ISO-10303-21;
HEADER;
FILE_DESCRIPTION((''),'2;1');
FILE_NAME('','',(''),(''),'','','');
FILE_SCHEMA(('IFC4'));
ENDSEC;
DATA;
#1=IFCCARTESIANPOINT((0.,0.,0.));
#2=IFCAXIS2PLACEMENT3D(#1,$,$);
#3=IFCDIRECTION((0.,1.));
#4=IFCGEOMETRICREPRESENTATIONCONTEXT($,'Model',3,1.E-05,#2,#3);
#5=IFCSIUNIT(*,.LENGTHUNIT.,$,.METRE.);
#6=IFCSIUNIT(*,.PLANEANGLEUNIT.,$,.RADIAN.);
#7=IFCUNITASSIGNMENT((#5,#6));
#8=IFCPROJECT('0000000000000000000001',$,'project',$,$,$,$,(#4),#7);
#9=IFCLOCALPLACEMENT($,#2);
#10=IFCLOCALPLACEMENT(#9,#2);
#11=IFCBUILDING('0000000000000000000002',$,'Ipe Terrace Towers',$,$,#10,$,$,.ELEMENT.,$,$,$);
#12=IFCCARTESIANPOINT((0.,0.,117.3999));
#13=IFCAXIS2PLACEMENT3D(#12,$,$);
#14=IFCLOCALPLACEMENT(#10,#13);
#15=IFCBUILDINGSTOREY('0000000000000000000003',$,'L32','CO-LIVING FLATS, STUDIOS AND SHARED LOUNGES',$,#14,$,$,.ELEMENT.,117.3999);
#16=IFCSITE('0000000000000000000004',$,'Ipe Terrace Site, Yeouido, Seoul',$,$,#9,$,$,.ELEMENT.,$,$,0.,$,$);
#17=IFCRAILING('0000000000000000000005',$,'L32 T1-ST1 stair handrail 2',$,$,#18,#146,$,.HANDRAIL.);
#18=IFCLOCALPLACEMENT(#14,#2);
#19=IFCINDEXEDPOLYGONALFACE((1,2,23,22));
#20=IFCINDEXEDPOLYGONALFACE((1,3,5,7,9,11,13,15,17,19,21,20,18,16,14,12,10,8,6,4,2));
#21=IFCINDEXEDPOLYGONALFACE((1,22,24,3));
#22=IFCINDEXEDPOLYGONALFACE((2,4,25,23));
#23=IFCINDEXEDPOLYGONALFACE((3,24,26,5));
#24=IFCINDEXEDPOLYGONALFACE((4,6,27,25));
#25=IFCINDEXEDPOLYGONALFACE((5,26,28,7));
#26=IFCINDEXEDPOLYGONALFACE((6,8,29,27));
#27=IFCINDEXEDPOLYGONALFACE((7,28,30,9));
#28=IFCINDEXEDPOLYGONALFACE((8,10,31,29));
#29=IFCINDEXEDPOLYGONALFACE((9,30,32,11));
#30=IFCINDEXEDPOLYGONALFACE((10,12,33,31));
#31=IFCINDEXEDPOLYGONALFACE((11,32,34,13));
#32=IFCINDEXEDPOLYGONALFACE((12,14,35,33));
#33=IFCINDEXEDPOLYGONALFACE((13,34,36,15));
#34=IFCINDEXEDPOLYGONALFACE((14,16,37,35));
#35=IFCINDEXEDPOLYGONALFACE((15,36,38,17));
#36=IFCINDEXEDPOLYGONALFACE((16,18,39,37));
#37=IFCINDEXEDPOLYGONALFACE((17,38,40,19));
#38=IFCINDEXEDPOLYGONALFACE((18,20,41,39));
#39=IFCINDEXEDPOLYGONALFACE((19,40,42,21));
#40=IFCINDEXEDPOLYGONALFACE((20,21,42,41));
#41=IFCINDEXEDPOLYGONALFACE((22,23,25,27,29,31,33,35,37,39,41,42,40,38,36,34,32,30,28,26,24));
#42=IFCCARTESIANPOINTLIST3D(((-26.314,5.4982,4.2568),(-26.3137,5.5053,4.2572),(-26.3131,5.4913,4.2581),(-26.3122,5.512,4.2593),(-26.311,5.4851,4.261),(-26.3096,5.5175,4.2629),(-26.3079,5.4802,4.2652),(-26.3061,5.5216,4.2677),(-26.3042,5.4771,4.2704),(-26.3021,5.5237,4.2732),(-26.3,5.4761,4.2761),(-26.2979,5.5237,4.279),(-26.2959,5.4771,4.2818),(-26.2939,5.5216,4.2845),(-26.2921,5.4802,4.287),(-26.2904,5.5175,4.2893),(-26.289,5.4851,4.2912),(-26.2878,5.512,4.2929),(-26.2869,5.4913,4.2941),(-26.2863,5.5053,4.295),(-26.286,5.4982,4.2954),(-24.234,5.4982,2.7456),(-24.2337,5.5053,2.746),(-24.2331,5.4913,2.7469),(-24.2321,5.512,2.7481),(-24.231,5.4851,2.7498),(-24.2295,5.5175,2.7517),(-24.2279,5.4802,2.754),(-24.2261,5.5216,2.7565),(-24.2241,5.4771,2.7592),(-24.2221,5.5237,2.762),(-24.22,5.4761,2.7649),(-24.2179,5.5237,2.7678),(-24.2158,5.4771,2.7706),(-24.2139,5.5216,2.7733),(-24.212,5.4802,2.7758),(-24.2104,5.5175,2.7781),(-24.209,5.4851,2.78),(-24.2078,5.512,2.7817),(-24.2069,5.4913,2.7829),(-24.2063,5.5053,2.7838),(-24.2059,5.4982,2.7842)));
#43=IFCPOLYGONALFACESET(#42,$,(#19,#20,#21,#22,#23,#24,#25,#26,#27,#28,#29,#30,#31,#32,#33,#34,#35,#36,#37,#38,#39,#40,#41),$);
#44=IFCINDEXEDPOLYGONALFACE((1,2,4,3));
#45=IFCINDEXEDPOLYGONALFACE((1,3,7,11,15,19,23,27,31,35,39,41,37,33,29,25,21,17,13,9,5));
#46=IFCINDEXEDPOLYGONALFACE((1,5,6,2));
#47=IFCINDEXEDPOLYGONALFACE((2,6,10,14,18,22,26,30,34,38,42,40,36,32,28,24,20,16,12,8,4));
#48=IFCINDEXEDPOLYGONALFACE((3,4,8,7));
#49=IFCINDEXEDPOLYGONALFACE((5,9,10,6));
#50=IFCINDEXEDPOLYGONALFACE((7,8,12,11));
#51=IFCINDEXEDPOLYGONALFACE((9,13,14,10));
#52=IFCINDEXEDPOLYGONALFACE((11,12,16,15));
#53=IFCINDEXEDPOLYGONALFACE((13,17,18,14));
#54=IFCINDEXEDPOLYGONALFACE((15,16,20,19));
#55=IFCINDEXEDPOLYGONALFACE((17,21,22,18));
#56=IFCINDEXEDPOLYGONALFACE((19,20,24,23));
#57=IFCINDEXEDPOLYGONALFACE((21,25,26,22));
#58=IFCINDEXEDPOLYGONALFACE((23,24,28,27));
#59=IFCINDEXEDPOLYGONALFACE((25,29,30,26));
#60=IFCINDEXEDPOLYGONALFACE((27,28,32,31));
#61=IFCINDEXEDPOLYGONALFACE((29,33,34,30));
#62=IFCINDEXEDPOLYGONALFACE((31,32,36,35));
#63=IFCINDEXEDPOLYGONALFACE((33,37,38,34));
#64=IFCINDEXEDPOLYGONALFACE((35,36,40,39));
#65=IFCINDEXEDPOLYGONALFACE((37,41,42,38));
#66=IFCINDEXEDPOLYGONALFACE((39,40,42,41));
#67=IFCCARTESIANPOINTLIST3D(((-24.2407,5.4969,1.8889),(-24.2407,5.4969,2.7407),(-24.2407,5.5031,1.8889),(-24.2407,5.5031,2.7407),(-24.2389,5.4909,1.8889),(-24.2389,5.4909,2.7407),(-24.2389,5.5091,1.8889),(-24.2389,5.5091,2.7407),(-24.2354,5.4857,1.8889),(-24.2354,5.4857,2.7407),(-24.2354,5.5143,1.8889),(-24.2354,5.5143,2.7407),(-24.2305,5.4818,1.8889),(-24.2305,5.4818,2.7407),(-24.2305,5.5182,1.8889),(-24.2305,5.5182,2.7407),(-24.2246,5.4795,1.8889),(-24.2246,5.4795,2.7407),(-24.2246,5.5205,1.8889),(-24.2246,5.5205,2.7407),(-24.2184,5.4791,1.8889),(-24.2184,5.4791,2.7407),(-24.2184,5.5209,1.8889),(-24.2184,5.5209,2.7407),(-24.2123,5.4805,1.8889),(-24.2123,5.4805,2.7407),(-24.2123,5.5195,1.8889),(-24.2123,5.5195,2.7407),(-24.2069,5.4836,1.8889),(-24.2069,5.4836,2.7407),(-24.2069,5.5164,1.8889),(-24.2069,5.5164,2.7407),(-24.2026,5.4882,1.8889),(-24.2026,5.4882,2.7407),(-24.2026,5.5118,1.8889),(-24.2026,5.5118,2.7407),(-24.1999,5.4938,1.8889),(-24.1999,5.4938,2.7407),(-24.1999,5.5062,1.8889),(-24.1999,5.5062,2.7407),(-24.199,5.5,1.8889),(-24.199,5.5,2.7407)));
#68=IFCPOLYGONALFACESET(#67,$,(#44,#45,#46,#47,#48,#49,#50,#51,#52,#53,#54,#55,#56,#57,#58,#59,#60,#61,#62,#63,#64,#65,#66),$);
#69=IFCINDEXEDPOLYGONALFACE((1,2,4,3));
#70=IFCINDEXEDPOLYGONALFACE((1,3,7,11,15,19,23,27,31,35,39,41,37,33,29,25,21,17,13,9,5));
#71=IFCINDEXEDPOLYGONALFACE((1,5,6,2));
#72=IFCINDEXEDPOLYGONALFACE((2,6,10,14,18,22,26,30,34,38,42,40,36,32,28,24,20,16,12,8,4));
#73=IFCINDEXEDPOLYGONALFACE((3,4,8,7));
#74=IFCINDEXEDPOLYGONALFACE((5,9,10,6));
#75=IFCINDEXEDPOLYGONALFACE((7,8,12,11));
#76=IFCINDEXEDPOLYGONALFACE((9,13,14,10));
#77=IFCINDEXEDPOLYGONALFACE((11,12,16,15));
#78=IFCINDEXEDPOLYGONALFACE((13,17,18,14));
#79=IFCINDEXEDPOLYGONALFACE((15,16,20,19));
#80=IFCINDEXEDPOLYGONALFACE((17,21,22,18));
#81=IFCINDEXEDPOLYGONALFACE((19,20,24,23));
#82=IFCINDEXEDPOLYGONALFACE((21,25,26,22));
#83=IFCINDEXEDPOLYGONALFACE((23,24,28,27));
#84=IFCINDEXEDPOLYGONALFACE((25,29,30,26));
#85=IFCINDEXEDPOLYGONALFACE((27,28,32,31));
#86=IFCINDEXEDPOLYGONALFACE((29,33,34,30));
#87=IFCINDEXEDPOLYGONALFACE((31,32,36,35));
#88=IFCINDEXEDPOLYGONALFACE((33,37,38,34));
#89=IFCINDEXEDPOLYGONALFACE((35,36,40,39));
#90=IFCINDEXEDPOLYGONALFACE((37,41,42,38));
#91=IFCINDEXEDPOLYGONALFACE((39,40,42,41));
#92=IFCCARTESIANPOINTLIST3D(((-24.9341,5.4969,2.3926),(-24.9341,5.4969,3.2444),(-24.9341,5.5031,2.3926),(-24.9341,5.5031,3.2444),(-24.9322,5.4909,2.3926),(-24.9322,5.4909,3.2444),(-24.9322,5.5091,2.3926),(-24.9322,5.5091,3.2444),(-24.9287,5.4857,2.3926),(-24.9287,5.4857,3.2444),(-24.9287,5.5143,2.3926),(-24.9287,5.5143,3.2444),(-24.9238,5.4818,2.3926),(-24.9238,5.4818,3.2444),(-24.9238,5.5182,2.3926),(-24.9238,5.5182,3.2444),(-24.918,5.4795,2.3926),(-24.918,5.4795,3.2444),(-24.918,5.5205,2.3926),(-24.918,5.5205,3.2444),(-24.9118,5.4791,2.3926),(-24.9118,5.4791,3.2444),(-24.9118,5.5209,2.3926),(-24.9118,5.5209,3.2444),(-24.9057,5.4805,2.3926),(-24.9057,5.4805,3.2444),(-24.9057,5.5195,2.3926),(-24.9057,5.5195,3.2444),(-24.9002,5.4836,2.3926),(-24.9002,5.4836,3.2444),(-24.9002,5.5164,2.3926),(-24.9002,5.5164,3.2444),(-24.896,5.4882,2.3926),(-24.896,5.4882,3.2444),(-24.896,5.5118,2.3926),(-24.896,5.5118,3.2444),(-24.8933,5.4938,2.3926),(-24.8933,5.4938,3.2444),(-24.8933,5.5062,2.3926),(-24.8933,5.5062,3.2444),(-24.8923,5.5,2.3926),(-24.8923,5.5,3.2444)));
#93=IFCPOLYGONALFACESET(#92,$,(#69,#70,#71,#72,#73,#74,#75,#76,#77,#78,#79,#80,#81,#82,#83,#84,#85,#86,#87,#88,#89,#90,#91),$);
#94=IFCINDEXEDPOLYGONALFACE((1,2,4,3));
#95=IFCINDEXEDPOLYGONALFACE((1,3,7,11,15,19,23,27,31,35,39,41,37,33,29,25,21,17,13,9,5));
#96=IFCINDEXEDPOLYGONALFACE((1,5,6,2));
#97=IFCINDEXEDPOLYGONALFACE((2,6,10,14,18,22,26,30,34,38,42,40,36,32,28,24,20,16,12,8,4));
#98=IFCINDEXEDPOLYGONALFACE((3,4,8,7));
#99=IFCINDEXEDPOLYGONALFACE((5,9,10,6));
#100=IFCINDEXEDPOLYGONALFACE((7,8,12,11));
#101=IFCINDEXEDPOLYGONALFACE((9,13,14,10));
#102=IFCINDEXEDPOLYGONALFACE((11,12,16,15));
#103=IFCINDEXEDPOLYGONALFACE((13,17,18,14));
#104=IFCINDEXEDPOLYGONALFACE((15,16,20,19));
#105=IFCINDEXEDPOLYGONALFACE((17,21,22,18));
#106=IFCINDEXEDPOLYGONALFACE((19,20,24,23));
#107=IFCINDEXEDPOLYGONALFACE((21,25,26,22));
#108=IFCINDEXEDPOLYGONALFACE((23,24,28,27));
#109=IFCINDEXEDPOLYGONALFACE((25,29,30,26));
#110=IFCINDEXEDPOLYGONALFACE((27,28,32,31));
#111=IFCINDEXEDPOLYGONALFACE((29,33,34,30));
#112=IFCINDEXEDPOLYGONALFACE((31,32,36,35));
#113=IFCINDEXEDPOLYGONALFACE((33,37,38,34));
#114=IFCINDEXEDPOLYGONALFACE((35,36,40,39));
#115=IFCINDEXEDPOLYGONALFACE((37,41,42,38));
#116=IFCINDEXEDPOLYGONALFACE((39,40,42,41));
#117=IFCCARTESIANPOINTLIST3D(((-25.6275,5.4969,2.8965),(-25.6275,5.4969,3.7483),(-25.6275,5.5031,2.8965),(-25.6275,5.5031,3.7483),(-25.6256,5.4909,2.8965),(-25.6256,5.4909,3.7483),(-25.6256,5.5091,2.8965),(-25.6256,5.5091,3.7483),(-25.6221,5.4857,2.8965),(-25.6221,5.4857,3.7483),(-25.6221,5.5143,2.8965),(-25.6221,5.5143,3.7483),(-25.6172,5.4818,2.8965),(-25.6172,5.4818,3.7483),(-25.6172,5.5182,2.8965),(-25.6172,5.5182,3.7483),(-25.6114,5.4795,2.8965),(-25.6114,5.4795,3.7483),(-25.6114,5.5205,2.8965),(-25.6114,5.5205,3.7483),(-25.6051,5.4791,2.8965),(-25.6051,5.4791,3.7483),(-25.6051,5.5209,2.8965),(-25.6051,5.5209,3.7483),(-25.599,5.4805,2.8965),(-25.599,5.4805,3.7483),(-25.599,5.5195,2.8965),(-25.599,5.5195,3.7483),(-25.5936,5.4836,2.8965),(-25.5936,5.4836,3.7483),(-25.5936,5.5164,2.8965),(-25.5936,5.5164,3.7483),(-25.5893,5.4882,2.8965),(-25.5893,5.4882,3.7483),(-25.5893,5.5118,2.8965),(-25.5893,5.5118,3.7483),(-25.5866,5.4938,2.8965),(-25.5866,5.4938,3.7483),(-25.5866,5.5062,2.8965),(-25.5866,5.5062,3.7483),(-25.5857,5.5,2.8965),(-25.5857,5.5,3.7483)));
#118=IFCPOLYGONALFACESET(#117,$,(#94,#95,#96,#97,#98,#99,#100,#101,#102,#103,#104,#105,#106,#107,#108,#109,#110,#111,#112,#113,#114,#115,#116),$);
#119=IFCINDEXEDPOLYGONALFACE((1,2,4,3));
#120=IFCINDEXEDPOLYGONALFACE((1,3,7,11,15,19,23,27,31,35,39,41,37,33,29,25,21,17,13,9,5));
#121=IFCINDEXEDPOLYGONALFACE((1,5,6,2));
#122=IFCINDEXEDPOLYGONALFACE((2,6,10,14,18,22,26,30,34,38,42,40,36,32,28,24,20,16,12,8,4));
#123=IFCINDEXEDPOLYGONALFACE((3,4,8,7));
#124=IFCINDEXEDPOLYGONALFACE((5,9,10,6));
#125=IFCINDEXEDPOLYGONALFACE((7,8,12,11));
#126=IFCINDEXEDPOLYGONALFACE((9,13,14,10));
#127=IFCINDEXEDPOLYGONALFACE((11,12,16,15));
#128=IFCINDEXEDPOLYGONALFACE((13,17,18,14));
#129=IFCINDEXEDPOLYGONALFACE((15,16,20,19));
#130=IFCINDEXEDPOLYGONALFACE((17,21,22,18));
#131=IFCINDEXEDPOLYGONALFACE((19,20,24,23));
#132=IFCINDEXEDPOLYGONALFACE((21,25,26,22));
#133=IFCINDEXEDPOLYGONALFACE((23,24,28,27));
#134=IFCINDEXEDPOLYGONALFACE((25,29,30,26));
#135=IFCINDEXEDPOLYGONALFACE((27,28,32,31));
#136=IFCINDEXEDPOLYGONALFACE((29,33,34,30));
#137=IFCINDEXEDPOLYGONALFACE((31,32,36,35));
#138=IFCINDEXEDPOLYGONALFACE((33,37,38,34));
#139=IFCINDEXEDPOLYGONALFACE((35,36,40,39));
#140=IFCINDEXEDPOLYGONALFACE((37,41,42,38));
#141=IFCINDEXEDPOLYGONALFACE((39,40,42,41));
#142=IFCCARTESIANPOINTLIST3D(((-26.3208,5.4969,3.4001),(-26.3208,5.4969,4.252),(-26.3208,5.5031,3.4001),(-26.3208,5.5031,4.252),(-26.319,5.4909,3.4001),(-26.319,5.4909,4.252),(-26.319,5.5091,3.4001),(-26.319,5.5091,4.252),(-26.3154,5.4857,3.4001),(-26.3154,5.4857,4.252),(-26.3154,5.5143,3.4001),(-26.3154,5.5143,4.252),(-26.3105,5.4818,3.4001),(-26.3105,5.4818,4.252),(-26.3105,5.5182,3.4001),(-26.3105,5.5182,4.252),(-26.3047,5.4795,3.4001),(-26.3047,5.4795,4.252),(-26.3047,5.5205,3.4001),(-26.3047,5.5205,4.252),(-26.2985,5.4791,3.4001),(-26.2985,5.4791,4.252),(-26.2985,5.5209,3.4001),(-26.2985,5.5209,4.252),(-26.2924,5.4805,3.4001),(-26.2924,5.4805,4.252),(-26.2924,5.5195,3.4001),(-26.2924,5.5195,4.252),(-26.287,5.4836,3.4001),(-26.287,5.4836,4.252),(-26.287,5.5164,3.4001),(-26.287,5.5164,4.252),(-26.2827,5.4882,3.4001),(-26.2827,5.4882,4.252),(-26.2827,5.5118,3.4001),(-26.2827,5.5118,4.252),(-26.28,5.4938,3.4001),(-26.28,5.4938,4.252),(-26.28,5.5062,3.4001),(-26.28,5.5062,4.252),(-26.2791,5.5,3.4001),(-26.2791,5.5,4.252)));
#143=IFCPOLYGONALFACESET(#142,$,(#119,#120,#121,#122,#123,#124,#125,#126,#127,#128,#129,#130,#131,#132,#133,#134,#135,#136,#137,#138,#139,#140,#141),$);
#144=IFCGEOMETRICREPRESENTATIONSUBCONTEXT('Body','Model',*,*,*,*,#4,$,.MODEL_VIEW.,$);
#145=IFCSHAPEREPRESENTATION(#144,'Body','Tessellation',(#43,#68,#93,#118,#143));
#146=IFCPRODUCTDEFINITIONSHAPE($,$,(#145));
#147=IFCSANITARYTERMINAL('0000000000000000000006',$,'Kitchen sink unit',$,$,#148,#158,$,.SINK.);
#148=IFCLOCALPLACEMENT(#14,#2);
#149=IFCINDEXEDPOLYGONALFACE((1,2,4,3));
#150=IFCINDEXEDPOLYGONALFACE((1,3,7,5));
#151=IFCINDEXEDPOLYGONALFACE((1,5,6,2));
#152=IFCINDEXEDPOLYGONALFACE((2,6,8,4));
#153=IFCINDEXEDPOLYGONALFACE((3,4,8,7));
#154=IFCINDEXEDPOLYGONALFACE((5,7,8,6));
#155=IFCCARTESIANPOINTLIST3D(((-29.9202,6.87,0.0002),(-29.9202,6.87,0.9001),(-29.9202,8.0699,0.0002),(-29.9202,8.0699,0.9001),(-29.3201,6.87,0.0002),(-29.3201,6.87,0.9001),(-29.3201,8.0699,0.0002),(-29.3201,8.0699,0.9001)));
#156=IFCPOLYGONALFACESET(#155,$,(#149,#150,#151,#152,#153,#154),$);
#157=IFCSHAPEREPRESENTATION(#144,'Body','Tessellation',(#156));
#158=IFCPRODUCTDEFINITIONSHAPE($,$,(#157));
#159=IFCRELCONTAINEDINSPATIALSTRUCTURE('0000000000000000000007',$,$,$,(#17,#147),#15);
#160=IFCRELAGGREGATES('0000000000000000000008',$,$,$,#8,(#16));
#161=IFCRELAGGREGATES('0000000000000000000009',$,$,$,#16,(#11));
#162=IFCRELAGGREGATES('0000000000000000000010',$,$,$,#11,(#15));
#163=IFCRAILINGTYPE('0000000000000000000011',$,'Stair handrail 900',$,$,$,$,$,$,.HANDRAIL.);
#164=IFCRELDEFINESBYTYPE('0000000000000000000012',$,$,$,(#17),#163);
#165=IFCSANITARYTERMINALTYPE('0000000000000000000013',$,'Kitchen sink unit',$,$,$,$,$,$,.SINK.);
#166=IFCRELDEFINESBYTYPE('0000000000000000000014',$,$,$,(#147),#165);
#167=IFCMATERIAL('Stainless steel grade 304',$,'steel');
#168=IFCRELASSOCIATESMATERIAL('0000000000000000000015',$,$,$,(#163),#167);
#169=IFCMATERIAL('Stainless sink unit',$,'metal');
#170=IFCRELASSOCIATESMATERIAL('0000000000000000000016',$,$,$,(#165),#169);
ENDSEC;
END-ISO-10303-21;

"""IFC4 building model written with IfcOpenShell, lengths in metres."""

from ifc_helpers import new_model, si_unit, direction, frame, origin, origin_2d, place, context, subcontext, project, spatial, rectangle, circle, extrude, material, type_object, element, save


model = new_model("IFC4")

# Units and contexts
model_context = context("Model", 3, precision=1e-05, world=origin(), true_north=direction((0.0, 1.0)))
body_context = subcontext(model_context, "Body", "Model", "MODEL_VIEW")
ifc_project = project(units=[si_unit("LENGTHUNIT", "METRE"), si_unit("PLANEANGLEUNIT", "RADIAN")], contexts=[model_context])

# Site, building, storey
site_placement = place(None, origin())
site = spatial("IfcSite", under=ifc_project, at=site_placement, Name="Ipe Terrace Site, Yeouido, Seoul", CompositionType="ELEMENT", RefElevation=0.0)
building_placement = place(site_placement, origin())
building = spatial("IfcBuilding", under=site, at=building_placement, Name="Ipe Terrace Towers", CompositionType="ELEMENT")
storey_placement = place(building_placement, frame((0.0, 0.0, 117.3999)))
storey = spatial("IfcBuildingStorey", under=building, at=storey_placement, Name="L32", Description="CO-LIVING FLATS, STUDIOS AND SHARED LOUNGES", CompositionType="ELEMENT", Elevation=117.3999)

# Railing
ifc_material_1 = material(Name="Stainless steel grade 304", Category="steel")
railing_type_1 = type_object("IfcRailingType", Name="Stair handrail 900", PredefinedType="HANDRAIL", material=ifc_material_1)
railing_1_placement = place(storey_placement, frame((-24.22, 5.5, 1.8889)))
element("IfcRailing", 1, at=railing_1_placement, inside=storey, type_object=railing_type_1, Name="L32 T1-ST1 stair handrail 2", PredefinedType="HANDRAIL", context=body_context, shape_type="SweptSolid", body=[
    extrude(circle(Radius=0.0239, at=origin_2d()), frame((0.0, 0.0, 0.876), z_axis=(-0.809023, 0.0, 0.587776), x_axis=(0.0, -1.0, 0.0)), (0.0, 0.0, 1.0), 2.571),
    extrude(circle(Radius=0.021, at=origin_2d()), origin(), (0.0, 0.0, 1.0), 0.8518),
    extrude(circle(Radius=0.021, at=origin_2d()), frame((-0.6934, 0.0, 0.5037)), (0.0, 0.0, 1.0), 0.8518),
    extrude(circle(Radius=0.021, at=origin_2d()), frame((-1.3867, 0.0, 1.0076)), (0.0, 0.0, 1.0), 0.8518),
    extrude(circle(Radius=0.021, at=origin_2d()), frame((-2.0801, 0.0, 1.5112)), (0.0, 0.0, 1.0), 0.8518),
])

# Sanitary terminal
ifc_material_2 = material(Name="Stainless sink unit", Category="metal")
sanitary_terminal_type = type_object("IfcSanitaryTerminalType", Name="Kitchen sink unit", PredefinedType="SINK", material=ifc_material_2)
sanitary_terminal_placement = place(storey_placement, frame((-29.6201, 7.47, 0.0002), z_axis=(0.0, 0.0, 1.0), x_axis=(0.0, -1.0, 0.0)))
element("IfcSanitaryTerminal", 2, at=sanitary_terminal_placement, inside=storey, type_object=sanitary_terminal_type, Name="Kitchen sink unit", PredefinedType="SINK", context=body_context, shape_type="SweptSolid", body=[
    extrude(rectangle(XDim=1.2, YDim=0.6001, at=origin_2d()), origin(), (0.0, 0.0, 1.0), 0.8999),
])

save(model, "model.ifc")
